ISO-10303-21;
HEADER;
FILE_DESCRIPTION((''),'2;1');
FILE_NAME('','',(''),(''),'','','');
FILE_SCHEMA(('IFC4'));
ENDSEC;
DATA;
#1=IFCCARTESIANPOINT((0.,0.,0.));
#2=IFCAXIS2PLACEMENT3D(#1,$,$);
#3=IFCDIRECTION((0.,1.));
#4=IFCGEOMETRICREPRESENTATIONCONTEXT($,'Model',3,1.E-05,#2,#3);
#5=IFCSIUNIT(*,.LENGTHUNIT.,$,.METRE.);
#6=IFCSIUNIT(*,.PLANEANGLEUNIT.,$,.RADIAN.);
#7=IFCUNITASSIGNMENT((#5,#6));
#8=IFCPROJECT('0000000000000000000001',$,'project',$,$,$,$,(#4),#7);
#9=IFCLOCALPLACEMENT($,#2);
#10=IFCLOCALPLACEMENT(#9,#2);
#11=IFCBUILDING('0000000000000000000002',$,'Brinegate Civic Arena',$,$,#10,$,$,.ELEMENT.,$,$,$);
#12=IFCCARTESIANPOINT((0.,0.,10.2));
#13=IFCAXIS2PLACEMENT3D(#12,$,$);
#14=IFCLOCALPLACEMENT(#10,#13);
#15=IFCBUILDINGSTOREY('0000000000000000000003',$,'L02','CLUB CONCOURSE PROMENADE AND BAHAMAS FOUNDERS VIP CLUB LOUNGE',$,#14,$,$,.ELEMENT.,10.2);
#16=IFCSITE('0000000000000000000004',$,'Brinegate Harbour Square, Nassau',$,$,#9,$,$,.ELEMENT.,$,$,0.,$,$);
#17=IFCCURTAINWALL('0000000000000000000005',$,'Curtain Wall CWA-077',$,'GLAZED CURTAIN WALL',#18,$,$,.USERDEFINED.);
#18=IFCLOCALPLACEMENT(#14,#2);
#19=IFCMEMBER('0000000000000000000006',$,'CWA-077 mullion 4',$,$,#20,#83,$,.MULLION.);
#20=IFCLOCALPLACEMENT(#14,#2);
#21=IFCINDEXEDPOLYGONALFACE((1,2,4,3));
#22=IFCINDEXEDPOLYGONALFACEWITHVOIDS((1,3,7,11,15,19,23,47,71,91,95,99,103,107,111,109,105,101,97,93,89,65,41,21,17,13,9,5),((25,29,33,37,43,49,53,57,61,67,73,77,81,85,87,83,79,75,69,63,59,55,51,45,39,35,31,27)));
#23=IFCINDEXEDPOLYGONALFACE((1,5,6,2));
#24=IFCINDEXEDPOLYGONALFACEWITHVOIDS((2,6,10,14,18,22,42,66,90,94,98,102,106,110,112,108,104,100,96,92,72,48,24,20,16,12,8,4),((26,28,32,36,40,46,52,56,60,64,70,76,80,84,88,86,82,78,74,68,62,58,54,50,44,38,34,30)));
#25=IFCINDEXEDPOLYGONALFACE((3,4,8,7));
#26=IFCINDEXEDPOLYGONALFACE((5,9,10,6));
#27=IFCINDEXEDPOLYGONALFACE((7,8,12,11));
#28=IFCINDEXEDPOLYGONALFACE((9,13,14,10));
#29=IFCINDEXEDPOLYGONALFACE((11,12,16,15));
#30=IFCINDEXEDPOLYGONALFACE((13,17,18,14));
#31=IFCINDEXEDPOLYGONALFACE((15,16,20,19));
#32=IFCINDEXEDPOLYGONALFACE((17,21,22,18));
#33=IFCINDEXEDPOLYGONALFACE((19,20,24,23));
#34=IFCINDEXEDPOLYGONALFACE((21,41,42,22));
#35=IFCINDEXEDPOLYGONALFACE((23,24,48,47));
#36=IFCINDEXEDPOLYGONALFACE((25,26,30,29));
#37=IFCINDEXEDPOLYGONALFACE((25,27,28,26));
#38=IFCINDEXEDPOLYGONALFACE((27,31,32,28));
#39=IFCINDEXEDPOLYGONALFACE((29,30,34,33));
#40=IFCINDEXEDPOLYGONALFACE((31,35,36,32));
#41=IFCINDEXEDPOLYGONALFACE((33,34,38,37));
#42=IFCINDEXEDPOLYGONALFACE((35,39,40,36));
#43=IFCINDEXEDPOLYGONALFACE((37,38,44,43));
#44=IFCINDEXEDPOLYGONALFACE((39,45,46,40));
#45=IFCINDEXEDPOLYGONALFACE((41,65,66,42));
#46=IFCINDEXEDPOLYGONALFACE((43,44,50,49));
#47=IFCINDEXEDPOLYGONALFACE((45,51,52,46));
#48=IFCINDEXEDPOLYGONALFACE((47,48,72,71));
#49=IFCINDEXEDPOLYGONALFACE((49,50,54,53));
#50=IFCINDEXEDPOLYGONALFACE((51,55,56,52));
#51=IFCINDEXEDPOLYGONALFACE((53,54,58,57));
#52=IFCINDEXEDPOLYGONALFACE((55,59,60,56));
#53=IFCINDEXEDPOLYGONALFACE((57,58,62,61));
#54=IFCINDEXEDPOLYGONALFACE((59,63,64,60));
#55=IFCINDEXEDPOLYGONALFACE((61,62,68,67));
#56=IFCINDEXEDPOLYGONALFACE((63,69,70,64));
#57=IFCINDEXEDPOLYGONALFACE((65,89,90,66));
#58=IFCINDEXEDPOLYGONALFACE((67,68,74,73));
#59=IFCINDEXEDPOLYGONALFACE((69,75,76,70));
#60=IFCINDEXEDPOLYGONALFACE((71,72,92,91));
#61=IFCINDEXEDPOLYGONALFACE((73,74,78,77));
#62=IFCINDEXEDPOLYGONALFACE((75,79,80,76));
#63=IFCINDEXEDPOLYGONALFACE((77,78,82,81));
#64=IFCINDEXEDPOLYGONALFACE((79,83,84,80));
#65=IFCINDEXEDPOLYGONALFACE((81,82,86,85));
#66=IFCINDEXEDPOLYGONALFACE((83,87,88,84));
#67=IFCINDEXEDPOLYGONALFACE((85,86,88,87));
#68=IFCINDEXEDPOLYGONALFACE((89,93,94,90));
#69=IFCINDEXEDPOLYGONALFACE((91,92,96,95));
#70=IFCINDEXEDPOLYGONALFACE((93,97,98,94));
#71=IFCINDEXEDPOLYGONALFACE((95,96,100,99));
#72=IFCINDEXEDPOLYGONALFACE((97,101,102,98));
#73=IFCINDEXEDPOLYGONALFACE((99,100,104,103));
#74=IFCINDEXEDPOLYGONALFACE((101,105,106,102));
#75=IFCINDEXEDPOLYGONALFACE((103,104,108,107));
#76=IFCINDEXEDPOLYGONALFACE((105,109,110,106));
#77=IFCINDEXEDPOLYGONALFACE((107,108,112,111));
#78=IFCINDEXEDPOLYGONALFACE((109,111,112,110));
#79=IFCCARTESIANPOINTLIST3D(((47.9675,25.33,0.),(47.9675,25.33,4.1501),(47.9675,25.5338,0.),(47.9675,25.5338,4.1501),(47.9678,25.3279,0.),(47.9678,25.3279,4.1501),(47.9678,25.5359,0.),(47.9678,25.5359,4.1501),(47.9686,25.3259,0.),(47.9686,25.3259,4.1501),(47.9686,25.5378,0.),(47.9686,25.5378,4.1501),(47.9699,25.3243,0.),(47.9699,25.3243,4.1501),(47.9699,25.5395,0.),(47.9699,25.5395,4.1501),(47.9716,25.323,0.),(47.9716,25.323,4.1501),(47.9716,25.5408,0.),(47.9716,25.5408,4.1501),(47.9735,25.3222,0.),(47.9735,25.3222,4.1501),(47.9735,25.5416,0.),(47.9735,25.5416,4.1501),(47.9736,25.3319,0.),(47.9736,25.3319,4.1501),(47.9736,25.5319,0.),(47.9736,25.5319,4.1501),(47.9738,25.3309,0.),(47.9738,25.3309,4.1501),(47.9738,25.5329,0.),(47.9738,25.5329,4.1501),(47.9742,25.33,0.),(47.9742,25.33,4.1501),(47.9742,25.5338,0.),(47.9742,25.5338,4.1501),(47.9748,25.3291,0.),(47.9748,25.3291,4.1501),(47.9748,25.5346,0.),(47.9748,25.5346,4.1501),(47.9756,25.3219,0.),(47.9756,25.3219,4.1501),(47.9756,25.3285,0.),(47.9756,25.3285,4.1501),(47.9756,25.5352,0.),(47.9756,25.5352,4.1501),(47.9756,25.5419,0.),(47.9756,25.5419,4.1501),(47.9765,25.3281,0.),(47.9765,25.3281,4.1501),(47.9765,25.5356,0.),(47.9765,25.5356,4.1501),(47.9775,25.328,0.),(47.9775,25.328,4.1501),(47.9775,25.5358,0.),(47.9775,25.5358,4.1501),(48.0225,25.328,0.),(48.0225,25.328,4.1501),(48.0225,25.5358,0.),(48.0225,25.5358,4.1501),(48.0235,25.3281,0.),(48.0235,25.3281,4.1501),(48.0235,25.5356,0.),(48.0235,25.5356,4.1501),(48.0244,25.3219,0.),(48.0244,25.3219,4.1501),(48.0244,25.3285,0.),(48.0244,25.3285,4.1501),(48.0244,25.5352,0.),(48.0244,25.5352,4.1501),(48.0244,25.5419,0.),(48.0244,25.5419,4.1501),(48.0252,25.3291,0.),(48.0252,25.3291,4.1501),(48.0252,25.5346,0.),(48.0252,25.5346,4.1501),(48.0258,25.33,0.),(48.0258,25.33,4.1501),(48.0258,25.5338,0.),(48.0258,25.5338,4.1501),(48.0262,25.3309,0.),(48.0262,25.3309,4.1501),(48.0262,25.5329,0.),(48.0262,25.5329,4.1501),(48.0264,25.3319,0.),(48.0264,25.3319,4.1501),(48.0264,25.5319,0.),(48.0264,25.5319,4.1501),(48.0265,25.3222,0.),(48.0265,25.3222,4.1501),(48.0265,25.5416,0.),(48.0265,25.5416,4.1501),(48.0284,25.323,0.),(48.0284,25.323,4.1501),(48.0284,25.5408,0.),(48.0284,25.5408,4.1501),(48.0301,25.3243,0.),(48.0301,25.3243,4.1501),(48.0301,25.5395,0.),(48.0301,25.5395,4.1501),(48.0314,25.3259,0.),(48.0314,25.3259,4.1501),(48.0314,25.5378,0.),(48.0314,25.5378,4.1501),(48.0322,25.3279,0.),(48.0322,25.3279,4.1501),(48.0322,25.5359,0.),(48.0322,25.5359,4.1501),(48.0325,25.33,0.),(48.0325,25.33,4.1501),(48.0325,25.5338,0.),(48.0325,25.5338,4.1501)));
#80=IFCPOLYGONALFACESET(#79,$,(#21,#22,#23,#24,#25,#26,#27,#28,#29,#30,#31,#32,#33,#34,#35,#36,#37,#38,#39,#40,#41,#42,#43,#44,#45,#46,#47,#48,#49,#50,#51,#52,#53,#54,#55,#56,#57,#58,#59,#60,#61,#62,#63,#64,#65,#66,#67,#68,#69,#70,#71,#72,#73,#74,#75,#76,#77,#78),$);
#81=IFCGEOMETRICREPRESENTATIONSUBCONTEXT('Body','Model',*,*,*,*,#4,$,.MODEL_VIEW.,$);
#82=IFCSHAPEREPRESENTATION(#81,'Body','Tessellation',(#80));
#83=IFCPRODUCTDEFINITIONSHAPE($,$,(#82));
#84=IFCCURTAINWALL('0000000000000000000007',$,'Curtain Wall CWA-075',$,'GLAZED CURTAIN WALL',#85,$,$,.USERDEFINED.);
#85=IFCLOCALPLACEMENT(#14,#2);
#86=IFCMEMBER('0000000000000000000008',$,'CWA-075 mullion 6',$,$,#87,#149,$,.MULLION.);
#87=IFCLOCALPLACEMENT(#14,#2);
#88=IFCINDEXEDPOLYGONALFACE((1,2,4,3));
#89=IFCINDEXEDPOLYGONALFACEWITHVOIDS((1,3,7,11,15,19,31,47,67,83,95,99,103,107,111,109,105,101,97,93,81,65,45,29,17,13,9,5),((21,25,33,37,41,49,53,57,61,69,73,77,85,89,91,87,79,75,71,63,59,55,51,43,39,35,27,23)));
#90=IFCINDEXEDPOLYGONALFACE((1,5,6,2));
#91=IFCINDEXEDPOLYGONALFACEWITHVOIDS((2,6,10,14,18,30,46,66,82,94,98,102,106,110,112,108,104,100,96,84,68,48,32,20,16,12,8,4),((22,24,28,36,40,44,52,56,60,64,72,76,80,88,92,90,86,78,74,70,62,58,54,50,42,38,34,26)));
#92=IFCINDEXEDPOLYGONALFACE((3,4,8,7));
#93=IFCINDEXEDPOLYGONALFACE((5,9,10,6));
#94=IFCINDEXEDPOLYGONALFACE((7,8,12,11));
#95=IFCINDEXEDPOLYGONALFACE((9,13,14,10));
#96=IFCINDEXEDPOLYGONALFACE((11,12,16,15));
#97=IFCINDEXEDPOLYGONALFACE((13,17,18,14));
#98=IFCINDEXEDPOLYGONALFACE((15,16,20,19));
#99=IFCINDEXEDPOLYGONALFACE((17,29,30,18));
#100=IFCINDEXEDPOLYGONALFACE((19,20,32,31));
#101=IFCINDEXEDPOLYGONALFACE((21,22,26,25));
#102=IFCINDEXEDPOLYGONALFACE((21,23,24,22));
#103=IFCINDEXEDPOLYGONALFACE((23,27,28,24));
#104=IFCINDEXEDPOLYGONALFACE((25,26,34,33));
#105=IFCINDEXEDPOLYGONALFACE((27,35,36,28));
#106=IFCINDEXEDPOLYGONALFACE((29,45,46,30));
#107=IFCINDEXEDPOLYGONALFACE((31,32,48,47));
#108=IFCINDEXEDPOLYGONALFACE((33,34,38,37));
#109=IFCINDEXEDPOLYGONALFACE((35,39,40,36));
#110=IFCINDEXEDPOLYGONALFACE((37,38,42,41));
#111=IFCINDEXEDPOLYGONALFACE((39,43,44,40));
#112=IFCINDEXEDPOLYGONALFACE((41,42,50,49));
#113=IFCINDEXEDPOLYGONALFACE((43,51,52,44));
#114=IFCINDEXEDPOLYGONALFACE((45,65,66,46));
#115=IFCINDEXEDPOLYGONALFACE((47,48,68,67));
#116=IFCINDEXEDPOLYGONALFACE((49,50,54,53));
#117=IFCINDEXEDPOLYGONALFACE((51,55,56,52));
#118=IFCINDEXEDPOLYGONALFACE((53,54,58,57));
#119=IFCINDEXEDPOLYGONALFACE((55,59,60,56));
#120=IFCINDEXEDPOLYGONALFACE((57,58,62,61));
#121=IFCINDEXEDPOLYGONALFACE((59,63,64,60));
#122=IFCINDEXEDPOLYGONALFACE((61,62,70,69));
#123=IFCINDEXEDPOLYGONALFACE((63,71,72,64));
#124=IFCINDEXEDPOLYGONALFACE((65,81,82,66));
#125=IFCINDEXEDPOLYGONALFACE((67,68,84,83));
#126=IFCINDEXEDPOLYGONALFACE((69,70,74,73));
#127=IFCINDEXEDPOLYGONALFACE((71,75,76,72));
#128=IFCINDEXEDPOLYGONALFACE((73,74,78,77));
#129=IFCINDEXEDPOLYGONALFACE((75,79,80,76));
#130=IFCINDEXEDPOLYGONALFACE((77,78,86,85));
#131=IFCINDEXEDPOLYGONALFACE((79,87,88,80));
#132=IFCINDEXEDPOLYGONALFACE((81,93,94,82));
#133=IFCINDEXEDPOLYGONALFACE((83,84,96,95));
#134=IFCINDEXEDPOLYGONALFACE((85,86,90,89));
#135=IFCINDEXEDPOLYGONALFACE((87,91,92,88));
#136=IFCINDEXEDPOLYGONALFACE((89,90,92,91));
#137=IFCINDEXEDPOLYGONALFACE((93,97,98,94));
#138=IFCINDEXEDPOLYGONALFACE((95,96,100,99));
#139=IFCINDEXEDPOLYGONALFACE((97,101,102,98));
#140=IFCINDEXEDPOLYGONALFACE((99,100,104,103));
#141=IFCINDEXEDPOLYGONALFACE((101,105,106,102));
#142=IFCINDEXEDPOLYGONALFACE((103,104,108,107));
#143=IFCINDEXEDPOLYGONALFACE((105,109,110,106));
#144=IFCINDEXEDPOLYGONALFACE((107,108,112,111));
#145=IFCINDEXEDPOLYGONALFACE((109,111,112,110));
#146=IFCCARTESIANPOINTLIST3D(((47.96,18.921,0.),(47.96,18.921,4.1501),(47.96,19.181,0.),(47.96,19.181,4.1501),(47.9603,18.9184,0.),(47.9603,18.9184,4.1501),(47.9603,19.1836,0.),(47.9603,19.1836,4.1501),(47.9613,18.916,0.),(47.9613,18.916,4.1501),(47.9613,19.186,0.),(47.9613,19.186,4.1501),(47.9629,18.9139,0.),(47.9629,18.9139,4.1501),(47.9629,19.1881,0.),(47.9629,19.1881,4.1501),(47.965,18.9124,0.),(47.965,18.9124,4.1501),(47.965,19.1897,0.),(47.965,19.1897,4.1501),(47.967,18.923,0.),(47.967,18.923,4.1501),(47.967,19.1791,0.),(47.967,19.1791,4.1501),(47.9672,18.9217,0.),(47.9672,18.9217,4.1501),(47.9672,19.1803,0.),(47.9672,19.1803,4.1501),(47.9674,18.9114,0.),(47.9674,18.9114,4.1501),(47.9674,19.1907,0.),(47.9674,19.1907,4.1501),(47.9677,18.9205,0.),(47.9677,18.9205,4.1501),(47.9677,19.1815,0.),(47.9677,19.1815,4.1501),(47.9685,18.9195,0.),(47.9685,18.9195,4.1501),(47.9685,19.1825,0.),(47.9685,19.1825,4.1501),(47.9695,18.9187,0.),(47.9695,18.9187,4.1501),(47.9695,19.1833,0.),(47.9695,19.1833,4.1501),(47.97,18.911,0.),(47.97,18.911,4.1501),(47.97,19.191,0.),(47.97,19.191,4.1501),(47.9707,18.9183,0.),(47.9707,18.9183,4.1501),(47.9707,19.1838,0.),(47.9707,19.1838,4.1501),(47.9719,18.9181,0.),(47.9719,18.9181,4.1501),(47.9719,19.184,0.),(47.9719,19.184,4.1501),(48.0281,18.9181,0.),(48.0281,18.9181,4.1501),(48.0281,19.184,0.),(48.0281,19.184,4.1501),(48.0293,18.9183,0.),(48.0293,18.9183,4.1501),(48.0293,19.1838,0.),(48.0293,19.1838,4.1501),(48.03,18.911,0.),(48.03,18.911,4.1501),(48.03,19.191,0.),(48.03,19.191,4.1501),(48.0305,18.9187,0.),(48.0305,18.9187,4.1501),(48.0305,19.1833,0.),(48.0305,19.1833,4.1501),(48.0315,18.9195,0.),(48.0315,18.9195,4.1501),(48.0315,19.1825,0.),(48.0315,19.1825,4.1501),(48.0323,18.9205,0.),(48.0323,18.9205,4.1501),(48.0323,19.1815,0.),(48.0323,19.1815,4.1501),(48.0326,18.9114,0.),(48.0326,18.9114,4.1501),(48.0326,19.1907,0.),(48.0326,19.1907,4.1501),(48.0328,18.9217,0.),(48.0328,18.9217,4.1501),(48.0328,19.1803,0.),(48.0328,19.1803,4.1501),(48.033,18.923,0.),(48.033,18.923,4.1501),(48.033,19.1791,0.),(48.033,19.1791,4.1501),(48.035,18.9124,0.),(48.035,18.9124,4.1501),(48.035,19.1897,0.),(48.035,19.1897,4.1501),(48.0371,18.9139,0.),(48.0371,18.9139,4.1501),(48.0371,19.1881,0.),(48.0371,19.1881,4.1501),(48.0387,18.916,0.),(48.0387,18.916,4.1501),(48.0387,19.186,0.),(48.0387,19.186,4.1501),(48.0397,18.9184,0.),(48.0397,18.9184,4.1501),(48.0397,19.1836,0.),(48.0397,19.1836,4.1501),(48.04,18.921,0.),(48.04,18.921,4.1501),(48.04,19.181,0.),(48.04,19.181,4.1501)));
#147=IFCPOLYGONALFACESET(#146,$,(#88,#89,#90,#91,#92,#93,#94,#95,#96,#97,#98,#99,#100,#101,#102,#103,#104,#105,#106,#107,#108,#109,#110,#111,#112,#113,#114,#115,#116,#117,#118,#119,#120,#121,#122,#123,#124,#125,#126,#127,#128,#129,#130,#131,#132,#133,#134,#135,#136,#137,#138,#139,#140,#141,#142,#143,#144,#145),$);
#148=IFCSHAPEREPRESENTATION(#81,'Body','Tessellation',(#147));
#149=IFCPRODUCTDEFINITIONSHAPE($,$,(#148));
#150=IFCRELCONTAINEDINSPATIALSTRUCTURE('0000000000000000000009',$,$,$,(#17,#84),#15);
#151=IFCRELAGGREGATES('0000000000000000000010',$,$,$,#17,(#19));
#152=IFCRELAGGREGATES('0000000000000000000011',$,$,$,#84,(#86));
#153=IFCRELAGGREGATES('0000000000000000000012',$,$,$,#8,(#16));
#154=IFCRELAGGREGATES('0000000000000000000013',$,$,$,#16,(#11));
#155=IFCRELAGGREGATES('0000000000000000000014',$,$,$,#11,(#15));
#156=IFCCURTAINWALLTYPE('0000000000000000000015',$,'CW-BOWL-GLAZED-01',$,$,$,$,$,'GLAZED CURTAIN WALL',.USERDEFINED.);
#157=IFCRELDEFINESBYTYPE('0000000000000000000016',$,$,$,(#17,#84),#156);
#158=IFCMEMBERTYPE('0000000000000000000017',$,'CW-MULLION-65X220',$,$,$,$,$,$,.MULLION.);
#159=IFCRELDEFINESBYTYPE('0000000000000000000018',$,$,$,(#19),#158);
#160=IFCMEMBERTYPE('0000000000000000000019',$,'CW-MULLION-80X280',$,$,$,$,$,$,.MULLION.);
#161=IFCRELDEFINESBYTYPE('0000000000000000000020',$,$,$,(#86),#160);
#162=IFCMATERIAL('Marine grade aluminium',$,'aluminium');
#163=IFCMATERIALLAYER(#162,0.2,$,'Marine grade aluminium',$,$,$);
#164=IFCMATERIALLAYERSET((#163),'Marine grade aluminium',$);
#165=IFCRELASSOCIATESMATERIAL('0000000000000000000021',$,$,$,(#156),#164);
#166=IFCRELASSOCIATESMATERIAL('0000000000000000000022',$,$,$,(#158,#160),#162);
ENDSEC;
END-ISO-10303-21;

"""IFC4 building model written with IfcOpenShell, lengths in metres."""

from ifc_helpers import new_model, si_unit, direction, frame, origin, origin_2d, place, context, subcontext, project, spatial, hollow_rectangle, extrude, material, layer, layer_set, material_profile, profile_set, type_object, element, aggregate, save


model = new_model("IFC4")

# Units and contexts
model_context = context("Model", 3, precision=1e-05, world=origin(), true_north=direction((0.0, 1.0)))
body_context = subcontext(model_context, "Body", "Model", "MODEL_VIEW")
ifc_project = project(units=[si_unit("LENGTHUNIT", "METRE"), si_unit("PLANEANGLEUNIT", "RADIAN")], contexts=[model_context])

# Site, building, storey
site_placement = place(None, origin())
site = spatial("IfcSite", under=ifc_project, at=site_placement, Name="Brinegate Harbour Square, Nassau", CompositionType="ELEMENT", RefElevation=0.0)
building_placement = place(site_placement, origin())
building = spatial("IfcBuilding", under=site, at=building_placement, Name="Brinegate Civic Arena", CompositionType="ELEMENT")
storey_placement = place(building_placement, frame((0.0, 0.0, 10.2)))
storey = spatial("IfcBuildingStorey", under=building, at=storey_placement, Name="L02", Description="CLUB CONCOURSE PROMENADE AND BAHAMAS FOUNDERS VIP CLUB LOUNGE", CompositionType="ELEMENT", Elevation=10.2)

# Curtain wall, member
ifc_material_1 = material(Name="Marine grade aluminium", Category="aluminium")
ifc_layer_1 = layer(ifc_material_1, 0.2, Name="Marine grade aluminium")
ifc_layer_set_1 = layer_set([ifc_layer_1], Name="Marine grade aluminium")
curtain_wall_type = type_object("IfcCurtainWallType", Name="CW-BOWL-GLAZED-01", ElementType="GLAZED CURTAIN WALL", PredefinedType="USERDEFINED", material=ifc_layer_set_1)
curtain_wall_1_placement = place(storey_placement, origin())
curtain_wall_1 = element("IfcCurtainWall", 1, at=curtain_wall_1_placement, inside=storey, type_object=curtain_wall_type, Name="Curtain Wall CWA-077", ObjectType="GLAZED CURTAIN WALL", PredefinedType="USERDEFINED")
ifc_material_profile_1 = material_profile(ifc_material_1, hollow_rectangle(XDim=0.0649, YDim=0.22, WallThickness=0.0061, InnerFilletRadius=0.0039, OuterFilletRadius=0.0081, at=origin_2d()), Name="MUL65X220")
ifc_profile_set_1 = profile_set([ifc_material_profile_1], Name="Marine grade aluminium")
member_type_1 = type_object("IfcMemberType", Name="CW-MULLION-65X220", PredefinedType="MULLION", material=ifc_profile_set_1)
member_1_placement = place(storey_placement, frame((48.0, 25.4319, 0.0), z_axis=(0.0, 0.0, 1.0), x_axis=(-1.0, 0.0, 0.0)))
member_1 = element("IfcMember", 2, at=member_1_placement, type_object=member_type_1, Name="CWA-077 mullion 4", PredefinedType="MULLION", context=body_context, shape_type="SweptSolid", body=[
    extrude(hollow_rectangle(XDim=0.0649, YDim=0.22, WallThickness=0.0061, InnerFilletRadius=0.0039, OuterFilletRadius=0.0081, at=origin_2d()), origin(), (0.0, 0.0, 1.0), 4.1501),
])

# Curtain wall, member
curtain_wall_2_placement = place(storey_placement, origin())
curtain_wall_2 = element("IfcCurtainWall", 3, at=curtain_wall_2_placement, inside=storey, type_object=curtain_wall_type, Name="Curtain Wall CWA-075", ObjectType="GLAZED CURTAIN WALL", PredefinedType="USERDEFINED")
ifc_material_profile_2 = material_profile(ifc_material_1, hollow_rectangle(XDim=0.0801, YDim=0.28, WallThickness=0.0071, InnerFilletRadius=0.0049, OuterFilletRadius=0.01, at=origin_2d()), Name="MUL80X280")
ifc_profile_set_2 = profile_set([ifc_material_profile_2], Name="Marine grade aluminium")
member_type_2 = type_object("IfcMemberType", Name="CW-MULLION-80X280", PredefinedType="MULLION", material=ifc_profile_set_2)
member_2_placement = place(storey_placement, frame((48.0, 19.051, 0.0), z_axis=(0.0, 0.0, 1.0), x_axis=(-1.0, 0.0, 0.0)))
member_2 = element("IfcMember", 4, at=member_2_placement, type_object=member_type_2, Name="CWA-075 mullion 6", PredefinedType="MULLION", context=body_context, shape_type="SweptSolid", body=[
    extrude(hollow_rectangle(XDim=0.0801, YDim=0.28, WallThickness=0.0071, InnerFilletRadius=0.0049, OuterFilletRadius=0.01, at=origin_2d()), origin(), (0.0, 0.0, 1.0), 4.1501),
])

aggregate(curtain_wall_1, [member_1])
aggregate(curtain_wall_2, [member_2])

save(model, "model.ifc")
